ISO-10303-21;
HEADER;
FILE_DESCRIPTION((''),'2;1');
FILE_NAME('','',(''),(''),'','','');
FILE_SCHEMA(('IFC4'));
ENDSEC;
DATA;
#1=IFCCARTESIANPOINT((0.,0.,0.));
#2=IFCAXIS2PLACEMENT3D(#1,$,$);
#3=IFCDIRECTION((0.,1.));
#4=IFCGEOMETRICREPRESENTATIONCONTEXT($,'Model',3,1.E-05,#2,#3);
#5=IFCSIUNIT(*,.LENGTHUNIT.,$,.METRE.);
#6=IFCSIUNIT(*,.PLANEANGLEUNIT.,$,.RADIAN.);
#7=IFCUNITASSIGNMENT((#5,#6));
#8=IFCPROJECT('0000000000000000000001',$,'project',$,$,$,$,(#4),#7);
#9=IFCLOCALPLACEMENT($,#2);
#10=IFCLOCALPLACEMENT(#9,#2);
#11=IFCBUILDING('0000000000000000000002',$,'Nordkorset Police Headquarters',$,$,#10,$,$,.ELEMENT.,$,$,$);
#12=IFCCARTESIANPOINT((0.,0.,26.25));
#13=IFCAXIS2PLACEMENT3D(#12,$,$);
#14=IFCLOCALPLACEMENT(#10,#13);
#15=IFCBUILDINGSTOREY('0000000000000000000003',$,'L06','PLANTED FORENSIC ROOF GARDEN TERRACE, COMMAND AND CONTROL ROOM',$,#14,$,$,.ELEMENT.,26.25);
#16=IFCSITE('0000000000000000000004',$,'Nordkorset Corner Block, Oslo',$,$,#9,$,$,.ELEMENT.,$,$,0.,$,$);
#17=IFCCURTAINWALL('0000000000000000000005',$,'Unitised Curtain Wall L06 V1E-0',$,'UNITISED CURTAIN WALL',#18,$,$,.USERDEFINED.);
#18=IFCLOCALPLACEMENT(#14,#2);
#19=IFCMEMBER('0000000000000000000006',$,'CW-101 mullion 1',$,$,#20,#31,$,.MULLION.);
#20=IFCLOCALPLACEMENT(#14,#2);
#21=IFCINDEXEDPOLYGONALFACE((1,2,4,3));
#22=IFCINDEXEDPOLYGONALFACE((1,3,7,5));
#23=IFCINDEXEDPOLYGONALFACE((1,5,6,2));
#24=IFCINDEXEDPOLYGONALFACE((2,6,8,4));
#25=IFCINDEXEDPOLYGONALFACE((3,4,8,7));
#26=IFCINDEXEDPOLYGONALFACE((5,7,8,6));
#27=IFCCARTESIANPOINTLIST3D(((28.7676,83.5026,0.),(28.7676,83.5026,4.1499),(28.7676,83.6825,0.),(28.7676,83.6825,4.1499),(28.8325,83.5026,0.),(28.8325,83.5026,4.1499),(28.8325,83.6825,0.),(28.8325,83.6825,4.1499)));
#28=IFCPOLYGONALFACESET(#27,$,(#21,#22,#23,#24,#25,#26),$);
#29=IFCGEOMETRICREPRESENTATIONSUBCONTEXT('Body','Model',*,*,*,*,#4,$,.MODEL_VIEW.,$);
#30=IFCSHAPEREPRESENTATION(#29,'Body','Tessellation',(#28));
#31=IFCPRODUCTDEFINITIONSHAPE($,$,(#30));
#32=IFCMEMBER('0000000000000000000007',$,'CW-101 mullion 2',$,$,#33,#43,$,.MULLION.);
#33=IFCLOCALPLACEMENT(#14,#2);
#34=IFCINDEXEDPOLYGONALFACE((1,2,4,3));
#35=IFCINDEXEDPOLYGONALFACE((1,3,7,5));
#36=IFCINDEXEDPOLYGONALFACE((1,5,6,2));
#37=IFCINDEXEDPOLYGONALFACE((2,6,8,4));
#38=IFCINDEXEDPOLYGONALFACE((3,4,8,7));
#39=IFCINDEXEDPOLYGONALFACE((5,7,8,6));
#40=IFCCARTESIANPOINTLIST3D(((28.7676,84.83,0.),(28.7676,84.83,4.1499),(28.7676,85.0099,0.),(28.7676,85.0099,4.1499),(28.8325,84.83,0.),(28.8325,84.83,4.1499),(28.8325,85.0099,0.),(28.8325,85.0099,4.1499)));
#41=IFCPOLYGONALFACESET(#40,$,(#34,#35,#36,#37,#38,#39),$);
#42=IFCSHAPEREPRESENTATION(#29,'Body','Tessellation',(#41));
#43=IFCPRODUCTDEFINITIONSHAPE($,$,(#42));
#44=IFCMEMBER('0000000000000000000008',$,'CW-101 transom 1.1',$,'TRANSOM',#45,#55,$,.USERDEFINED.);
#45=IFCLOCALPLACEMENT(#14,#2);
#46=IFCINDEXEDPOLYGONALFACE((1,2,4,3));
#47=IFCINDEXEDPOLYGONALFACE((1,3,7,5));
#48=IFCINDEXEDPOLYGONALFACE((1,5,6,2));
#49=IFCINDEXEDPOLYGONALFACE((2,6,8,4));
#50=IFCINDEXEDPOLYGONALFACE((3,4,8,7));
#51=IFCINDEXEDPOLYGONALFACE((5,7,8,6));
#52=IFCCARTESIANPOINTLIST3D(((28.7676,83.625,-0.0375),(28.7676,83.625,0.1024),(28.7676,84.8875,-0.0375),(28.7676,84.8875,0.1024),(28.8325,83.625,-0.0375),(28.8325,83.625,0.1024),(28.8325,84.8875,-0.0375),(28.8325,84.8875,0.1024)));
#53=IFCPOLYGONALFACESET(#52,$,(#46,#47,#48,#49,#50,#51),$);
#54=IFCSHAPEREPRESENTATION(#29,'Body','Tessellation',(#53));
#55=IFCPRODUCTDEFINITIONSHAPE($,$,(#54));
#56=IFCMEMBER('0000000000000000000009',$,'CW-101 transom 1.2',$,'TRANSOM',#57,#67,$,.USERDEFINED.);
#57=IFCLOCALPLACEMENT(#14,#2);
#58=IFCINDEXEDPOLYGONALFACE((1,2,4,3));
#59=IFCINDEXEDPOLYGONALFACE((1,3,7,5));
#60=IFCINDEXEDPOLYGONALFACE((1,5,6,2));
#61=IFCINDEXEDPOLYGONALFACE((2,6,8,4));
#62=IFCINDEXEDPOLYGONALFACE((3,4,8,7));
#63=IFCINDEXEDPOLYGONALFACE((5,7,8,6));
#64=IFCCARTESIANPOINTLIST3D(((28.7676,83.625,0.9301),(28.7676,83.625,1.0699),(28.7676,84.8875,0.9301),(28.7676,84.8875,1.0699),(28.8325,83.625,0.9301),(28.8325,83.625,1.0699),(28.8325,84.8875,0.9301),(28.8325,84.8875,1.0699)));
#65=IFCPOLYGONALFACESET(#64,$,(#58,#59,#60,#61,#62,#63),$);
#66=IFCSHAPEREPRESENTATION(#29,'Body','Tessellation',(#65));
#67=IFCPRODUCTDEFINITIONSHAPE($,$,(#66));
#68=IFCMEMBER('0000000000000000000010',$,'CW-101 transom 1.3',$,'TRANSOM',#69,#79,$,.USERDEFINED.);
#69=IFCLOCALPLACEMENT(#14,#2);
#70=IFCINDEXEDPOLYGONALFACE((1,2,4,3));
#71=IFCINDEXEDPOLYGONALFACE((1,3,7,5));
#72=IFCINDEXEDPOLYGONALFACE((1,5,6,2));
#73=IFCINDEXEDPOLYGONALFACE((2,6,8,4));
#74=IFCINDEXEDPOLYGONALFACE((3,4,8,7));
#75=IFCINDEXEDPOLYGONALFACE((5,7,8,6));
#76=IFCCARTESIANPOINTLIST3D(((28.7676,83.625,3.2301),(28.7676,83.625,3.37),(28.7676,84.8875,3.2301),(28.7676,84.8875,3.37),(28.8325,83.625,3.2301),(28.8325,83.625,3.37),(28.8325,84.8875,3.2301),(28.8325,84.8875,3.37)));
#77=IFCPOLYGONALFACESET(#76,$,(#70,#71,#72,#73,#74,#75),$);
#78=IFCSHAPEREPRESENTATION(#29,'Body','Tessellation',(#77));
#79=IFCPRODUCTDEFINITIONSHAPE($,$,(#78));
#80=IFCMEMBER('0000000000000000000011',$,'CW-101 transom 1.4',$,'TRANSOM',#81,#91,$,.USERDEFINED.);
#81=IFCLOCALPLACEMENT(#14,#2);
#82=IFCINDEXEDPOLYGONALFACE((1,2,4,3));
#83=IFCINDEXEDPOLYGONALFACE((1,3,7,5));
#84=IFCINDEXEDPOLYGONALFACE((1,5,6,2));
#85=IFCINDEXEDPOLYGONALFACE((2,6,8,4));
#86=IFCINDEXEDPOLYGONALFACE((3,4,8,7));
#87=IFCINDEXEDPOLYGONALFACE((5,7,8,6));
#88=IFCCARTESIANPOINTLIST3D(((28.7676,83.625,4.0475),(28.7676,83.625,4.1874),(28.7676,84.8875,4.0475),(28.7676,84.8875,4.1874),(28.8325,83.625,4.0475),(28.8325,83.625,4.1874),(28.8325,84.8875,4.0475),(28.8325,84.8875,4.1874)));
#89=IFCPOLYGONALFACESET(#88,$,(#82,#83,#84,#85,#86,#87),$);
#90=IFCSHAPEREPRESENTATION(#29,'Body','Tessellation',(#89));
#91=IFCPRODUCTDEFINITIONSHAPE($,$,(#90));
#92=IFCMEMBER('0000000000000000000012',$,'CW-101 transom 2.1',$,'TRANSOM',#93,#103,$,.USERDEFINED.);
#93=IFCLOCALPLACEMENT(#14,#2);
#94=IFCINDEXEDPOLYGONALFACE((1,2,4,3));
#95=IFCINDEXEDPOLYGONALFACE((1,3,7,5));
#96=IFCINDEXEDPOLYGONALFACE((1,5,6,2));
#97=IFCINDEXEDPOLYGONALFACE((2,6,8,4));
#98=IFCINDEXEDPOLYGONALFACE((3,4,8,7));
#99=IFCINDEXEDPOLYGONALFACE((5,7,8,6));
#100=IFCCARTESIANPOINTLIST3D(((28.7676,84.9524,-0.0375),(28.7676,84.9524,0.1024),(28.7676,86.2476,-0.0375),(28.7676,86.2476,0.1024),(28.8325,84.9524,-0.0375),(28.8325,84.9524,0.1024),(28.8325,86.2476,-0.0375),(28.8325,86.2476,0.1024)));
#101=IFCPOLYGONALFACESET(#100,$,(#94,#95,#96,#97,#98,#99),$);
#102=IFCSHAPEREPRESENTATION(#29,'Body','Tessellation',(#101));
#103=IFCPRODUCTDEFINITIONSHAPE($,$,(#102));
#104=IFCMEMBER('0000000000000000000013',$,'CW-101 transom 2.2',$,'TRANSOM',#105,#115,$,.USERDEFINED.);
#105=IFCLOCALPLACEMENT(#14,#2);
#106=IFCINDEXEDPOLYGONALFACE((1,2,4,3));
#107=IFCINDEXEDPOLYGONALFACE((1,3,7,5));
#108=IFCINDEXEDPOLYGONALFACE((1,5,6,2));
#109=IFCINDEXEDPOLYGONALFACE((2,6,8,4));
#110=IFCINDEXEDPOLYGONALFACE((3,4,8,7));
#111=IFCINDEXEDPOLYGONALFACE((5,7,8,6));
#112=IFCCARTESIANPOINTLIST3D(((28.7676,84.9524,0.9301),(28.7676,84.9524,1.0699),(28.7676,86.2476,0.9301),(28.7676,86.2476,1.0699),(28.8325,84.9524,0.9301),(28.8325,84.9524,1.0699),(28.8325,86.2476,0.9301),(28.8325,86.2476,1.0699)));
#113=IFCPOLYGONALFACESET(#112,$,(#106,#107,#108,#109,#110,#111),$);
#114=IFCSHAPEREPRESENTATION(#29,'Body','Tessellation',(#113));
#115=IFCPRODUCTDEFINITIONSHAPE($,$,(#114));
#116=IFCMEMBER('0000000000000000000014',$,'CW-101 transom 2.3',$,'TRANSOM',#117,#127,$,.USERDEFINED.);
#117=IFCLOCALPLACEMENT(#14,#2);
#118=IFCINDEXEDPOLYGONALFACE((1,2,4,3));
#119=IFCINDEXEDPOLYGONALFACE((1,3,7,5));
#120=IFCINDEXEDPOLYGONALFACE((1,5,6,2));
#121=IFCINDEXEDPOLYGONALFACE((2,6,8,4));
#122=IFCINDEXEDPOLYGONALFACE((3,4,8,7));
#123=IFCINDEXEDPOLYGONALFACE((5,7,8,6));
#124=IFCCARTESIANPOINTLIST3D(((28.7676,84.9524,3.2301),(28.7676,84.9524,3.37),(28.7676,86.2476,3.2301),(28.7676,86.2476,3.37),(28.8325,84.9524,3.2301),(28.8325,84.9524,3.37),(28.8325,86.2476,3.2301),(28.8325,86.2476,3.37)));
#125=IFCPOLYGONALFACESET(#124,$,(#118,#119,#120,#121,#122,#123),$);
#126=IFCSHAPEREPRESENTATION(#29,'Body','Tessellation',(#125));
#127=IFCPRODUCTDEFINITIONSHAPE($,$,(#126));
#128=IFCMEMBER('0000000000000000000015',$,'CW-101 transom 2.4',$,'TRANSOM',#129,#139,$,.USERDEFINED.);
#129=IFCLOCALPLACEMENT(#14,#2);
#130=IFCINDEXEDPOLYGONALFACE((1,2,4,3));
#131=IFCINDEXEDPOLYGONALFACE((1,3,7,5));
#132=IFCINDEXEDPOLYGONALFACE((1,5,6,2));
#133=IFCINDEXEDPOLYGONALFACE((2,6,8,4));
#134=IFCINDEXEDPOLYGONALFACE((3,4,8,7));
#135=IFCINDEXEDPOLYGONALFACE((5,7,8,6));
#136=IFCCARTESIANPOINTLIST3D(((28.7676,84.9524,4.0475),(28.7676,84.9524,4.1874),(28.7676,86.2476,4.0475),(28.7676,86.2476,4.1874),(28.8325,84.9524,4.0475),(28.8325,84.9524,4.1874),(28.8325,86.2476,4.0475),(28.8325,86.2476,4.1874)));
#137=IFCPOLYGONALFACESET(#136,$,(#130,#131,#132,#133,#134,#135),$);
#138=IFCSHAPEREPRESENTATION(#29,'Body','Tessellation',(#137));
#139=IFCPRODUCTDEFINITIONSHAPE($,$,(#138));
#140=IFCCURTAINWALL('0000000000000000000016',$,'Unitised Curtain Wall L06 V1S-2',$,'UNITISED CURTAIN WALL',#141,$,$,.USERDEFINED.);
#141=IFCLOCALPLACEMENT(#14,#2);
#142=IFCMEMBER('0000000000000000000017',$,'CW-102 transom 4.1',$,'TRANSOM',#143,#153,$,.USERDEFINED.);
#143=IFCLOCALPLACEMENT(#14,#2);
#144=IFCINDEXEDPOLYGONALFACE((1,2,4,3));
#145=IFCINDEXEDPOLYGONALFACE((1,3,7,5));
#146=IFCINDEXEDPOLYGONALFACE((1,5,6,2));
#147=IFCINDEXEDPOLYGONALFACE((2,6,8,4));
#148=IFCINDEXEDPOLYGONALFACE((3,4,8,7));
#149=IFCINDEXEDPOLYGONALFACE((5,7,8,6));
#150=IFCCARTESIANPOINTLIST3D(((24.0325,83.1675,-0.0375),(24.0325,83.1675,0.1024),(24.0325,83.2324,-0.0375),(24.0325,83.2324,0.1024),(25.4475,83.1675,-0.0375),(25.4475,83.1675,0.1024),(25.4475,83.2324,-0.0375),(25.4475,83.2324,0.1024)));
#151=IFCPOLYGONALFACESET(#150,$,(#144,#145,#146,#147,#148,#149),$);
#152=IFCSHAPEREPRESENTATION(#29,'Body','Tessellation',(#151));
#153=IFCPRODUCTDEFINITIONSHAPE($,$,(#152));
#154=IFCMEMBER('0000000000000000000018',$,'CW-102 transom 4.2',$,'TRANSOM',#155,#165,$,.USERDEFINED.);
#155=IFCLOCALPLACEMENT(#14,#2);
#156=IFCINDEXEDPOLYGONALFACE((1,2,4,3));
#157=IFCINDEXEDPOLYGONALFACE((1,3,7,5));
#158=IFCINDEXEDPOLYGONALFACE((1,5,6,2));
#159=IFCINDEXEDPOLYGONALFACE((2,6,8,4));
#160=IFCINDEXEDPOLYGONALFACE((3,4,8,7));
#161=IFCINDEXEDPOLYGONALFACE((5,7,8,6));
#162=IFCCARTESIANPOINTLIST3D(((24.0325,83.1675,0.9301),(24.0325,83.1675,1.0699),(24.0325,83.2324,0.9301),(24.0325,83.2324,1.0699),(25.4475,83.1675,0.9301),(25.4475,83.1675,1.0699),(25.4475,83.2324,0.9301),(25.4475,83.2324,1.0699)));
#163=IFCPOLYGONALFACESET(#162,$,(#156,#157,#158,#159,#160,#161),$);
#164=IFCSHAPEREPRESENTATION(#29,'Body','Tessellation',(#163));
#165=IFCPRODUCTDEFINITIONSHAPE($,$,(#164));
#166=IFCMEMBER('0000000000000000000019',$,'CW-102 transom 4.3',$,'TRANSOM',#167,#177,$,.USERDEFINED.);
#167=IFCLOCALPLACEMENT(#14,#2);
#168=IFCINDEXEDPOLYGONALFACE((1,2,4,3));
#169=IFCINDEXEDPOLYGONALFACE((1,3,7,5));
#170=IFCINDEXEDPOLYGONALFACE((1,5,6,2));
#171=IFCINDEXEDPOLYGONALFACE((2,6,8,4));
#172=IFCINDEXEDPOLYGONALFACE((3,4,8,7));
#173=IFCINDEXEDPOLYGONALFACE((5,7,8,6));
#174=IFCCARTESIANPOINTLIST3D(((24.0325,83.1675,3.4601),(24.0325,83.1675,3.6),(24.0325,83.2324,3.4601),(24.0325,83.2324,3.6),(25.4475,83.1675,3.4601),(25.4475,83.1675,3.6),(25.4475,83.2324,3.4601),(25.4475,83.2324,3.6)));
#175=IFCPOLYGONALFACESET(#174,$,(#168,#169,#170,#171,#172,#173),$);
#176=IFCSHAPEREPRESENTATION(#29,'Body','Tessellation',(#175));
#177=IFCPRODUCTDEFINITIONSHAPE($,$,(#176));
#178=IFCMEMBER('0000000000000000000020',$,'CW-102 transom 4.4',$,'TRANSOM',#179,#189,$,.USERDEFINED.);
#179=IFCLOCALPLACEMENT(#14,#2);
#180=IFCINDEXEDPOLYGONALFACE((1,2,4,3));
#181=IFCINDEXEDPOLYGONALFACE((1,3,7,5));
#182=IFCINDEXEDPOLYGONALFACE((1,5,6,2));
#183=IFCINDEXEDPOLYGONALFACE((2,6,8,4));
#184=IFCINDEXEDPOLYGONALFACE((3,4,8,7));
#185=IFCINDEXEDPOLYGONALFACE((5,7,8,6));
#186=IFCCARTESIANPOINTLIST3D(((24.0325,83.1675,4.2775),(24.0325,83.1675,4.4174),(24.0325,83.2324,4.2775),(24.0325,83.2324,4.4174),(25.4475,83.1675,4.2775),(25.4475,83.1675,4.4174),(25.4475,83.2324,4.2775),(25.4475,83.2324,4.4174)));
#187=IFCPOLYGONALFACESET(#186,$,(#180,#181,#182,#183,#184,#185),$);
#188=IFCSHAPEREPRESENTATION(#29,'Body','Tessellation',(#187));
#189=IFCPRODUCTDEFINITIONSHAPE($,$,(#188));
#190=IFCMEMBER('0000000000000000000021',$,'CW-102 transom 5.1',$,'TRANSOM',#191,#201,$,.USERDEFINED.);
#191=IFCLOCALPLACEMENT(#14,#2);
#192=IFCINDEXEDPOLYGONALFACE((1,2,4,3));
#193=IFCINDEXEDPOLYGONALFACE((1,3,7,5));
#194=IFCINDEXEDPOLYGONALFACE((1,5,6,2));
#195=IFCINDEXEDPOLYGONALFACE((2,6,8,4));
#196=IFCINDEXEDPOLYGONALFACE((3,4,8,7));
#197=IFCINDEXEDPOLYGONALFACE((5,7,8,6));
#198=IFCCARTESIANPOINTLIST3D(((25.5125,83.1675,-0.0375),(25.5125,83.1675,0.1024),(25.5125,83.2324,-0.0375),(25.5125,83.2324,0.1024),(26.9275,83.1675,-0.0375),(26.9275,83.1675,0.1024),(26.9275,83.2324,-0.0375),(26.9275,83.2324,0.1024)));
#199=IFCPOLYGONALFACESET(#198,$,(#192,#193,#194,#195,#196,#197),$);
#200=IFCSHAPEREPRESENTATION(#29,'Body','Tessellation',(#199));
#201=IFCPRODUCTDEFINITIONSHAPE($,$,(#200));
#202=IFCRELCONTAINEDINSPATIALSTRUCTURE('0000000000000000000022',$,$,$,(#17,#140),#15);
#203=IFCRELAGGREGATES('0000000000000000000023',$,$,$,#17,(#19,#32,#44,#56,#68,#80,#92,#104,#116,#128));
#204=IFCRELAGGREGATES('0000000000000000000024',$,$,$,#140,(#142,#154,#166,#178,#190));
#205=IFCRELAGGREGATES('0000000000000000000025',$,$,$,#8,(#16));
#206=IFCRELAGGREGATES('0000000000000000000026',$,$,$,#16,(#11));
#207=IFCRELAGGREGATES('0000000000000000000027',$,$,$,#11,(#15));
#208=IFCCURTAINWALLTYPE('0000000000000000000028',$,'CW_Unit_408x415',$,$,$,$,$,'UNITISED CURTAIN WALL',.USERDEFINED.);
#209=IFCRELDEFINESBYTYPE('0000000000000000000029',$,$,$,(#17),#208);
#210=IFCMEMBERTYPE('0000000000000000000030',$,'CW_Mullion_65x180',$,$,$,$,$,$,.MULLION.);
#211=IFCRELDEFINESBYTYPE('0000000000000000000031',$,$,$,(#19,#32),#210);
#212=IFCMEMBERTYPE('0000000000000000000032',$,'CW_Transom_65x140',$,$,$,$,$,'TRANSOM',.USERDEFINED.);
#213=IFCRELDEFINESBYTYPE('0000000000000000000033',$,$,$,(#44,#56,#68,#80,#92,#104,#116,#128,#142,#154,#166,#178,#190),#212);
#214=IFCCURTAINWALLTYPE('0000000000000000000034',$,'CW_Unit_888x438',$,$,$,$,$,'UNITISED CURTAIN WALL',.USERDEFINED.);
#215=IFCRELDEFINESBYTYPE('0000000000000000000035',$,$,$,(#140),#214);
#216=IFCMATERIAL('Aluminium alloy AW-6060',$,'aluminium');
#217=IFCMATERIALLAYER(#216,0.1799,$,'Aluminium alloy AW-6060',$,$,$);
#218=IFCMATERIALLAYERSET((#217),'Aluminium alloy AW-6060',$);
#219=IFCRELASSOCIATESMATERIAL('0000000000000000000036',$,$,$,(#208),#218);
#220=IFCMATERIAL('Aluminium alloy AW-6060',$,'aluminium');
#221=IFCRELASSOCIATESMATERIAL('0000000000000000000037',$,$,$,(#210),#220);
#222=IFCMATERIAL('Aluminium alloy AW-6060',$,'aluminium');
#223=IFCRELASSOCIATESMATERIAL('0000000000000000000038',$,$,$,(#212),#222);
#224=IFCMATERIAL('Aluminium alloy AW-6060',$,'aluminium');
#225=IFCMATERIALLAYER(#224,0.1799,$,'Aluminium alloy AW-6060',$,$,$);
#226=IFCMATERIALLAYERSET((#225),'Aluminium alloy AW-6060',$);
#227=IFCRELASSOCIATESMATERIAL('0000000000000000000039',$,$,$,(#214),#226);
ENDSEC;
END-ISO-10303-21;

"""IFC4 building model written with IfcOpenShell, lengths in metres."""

from ifc_helpers import new_model, si_unit, direction, frame, origin, origin_2d, place, context, subcontext, project, spatial, rectangle, extrude, material, layer, layer_set, material_profile, profile_set, type_object, element, aggregate, save


model = new_model("IFC4")

# Units and contexts
model_context = context("Model", 3, precision=1e-05, world=origin(), true_north=direction((0.0, 1.0)))
body_context = subcontext(model_context, "Body", "Model", "MODEL_VIEW")
ifc_project = project(units=[si_unit("LENGTHUNIT", "METRE"), si_unit("PLANEANGLEUNIT", "RADIAN")], contexts=[model_context])

# Site, building, storey
site_placement = place(None, origin())
site = spatial("IfcSite", under=ifc_project, at=site_placement, Name="Nordkorset Corner Block, Oslo", CompositionType="ELEMENT", RefElevation=0.0)
building_placement = place(site_placement, origin())
building = spatial("IfcBuilding", under=site, at=building_placement, Name="Nordkorset Police Headquarters", CompositionType="ELEMENT")
storey_placement = place(building_placement, frame((0.0, 0.0, 26.25)))
storey = spatial("IfcBuildingStorey", under=building, at=storey_placement, Name="L06", Description="PLANTED FORENSIC ROOF GARDEN TERRACE, COMMAND AND CONTROL ROOM", CompositionType="ELEMENT", Elevation=26.25)

# Curtain walls, members
ifc_material_1 = material(Name="Aluminium alloy AW-6060", Category="aluminium")
ifc_layer_1 = layer(ifc_material_1, 0.1799, Name="Aluminium alloy AW-6060")
ifc_layer_set_1 = layer_set([ifc_layer_1], Name="Aluminium alloy AW-6060")
curtain_wall_type_1 = type_object("IfcCurtainWallType", Name="CW_Unit_408x415", ElementType="UNITISED CURTAIN WALL", PredefinedType="USERDEFINED", material=ifc_layer_set_1)
curtain_wall_1_placement = place(storey_placement, origin())
curtain_wall_1 = element("IfcCurtainWall", 1, at=curtain_wall_1_placement, inside=storey, type_object=curtain_wall_type_1, Name="Unitised Curtain Wall L06 V1E-0", ObjectType="UNITISED CURTAIN WALL", PredefinedType="USERDEFINED")
ifc_material_2 = material(Name="Aluminium alloy AW-6060", Category="aluminium")
ifc_material_profile_1 = material_profile(ifc_material_2, rectangle(XDim=0.0649, YDim=0.1799, at=origin_2d()), Name="ALU MULL 65x180")
ifc_profile_set_1 = profile_set([ifc_material_profile_1], Name="Aluminium alloy AW-6060")
member_type_1 = type_object("IfcMemberType", Name="CW_Mullion_65x180", PredefinedType="MULLION", material=ifc_profile_set_1)
member_1_placement = place(storey_placement, frame((28.8, 83.5925, 0.0), z_axis=(0.0, 0.0, 1.0), x_axis=(-1.0, 0.0, 0.0)))
member_1 = element("IfcMember", 2, at=member_1_placement, type_object=member_type_1, Name="CW-101 mullion 1", PredefinedType="MULLION", context=body_context, shape_type="SweptSolid", body=[
    extrude(rectangle(XDim=0.0649, YDim=0.1799, at=origin_2d()), origin(), (0.0, 0.0, 1.0), 4.1499),
])
member_2_placement = place(storey_placement, frame((28.8, 84.9199, 0.0), z_axis=(0.0, 0.0, 1.0), x_axis=(-1.0, 0.0, 0.0)))
member_2 = element("IfcMember", 3, at=member_2_placement, type_object=member_type_1, Name="CW-101 mullion 2", PredefinedType="MULLION", context=body_context, shape_type="SweptSolid", body=[
    extrude(rectangle(XDim=0.0649, YDim=0.1799, at=origin_2d()), origin(), (0.0, 0.0, 1.0), 4.1499),
])
ifc_material_3 = material(Name="Aluminium alloy AW-6060", Category="aluminium")
ifc_material_profile_2 = material_profile(ifc_material_3, rectangle(XDim=0.0649, YDim=0.1399, at=origin_2d()), Name="ALU TRAN 65x140")
ifc_profile_set_2 = profile_set([ifc_material_profile_2], Name="Aluminium alloy AW-6060")
member_type_2 = type_object("IfcMemberType", Name="CW_Transom_65x140", ElementType="TRANSOM", PredefinedType="USERDEFINED", material=ifc_profile_set_2)
member_3_placement = place(storey_placement, frame((28.8, 83.625, 0.0325), z_axis=(0.0, 1.0, 0.0), x_axis=(-1.0, 0.0, 0.0)))
member_3 = element("IfcMember", 4, at=member_3_placement, type_object=member_type_2, Name="CW-101 transom 1.1", ObjectType="TRANSOM", PredefinedType="USERDEFINED", context=body_context, shape_type="SweptSolid", body=[
    extrude(rectangle(XDim=0.0649, YDim=0.1399, at=origin_2d()), origin(), (0.0, 0.0, 1.0), 1.2625),
])
member_4_placement = place(storey_placement, frame((28.8, 83.625, 1.0), z_axis=(0.0, 1.0, 0.0), x_axis=(-1.0, 0.0, 0.0)))
member_4 = element("IfcMember", 5, at=member_4_placement, type_object=member_type_2, Name="CW-101 transom 1.2", ObjectType="TRANSOM", PredefinedType="USERDEFINED", context=body_context, shape_type="SweptSolid", body=[
    extrude(rectangle(XDim=0.0649, YDim=0.1399, at=origin_2d()), origin(), (0.0, 0.0, 1.0), 1.2625),
])
member_5_placement = place(storey_placement, frame((28.8, 83.625, 3.3), z_axis=(0.0, 1.0, 0.0), x_axis=(-1.0, 0.0, 0.0)))
member_5 = element("IfcMember", 6, at=member_5_placement, type_object=member_type_2, Name="CW-101 transom 1.3", ObjectType="TRANSOM", PredefinedType="USERDEFINED", context=body_context, shape_type="SweptSolid", body=[
    extrude(rectangle(XDim=0.0649, YDim=0.1399, at=origin_2d()), origin(), (0.0, 0.0, 1.0), 1.2625),
])
member_6_placement = place(storey_placement, frame((28.8, 83.625, 4.1174), z_axis=(0.0, 1.0, 0.0), x_axis=(-1.0, 0.0, 0.0)))
member_6 = element("IfcMember", 7, at=member_6_placement, type_object=member_type_2, Name="CW-101 transom 1.4", ObjectType="TRANSOM", PredefinedType="USERDEFINED", context=body_context, shape_type="SweptSolid", body=[
    extrude(rectangle(XDim=0.0649, YDim=0.1399, at=origin_2d()), origin(), (0.0, 0.0, 1.0), 1.2625),
])
member_7_placement = place(storey_placement, frame((28.8, 84.9524, 0.0325), z_axis=(0.0, 1.0, 0.0), x_axis=(-1.0, 0.0, 0.0)))
member_7 = element("IfcMember", 8, at=member_7_placement, type_object=member_type_2, Name="CW-101 transom 2.1", ObjectType="TRANSOM", PredefinedType="USERDEFINED", context=body_context, shape_type="SweptSolid", body=[
    extrude(rectangle(XDim=0.0649, YDim=0.1399, at=origin_2d()), origin(), (0.0, 0.0, 1.0), 1.2952),
])
member_8_placement = place(storey_placement, frame((28.8, 84.9524, 1.0), z_axis=(0.0, 1.0, 0.0), x_axis=(-1.0, 0.0, 0.0)))
member_8 = element("IfcMember", 9, at=member_8_placement, type_object=member_type_2, Name="CW-101 transom 2.2", ObjectType="TRANSOM", PredefinedType="USERDEFINED", context=body_context, shape_type="SweptSolid", body=[
    extrude(rectangle(XDim=0.0649, YDim=0.1399, at=origin_2d()), origin(), (0.0, 0.0, 1.0), 1.2952),
])
member_9_placement = place(storey_placement, frame((28.8, 84.9524, 3.3), z_axis=(0.0, 1.0, 0.0), x_axis=(-1.0, 0.0, 0.0)))
member_9 = element("IfcMember", 10, at=member_9_placement, type_object=member_type_2, Name="CW-101 transom 2.3", ObjectType="TRANSOM", PredefinedType="USERDEFINED", context=body_context, shape_type="SweptSolid", body=[
    extrude(rectangle(XDim=0.0649, YDim=0.1399, at=origin_2d()), origin(), (0.0, 0.0, 1.0), 1.2952),
])
member_10_placement = place(storey_placement, frame((28.8, 84.9524, 4.1174), z_axis=(0.0, 1.0, 0.0), x_axis=(-1.0, 0.0, 0.0)))
member_10 = element("IfcMember", 11, at=member_10_placement, type_object=member_type_2, Name="CW-101 transom 2.4", ObjectType="TRANSOM", PredefinedType="USERDEFINED", context=body_context, shape_type="SweptSolid", body=[
    extrude(rectangle(XDim=0.0649, YDim=0.1399, at=origin_2d()), origin(), (0.0, 0.0, 1.0), 1.2952),
])
ifc_material_4 = material(Name="Aluminium alloy AW-6060", Category="aluminium")
ifc_layer_2 = layer(ifc_material_4, 0.1799, Name="Aluminium alloy AW-6060")
ifc_layer_set_2 = layer_set([ifc_layer_2], Name="Aluminium alloy AW-6060")
curtain_wall_type_2 = type_object("IfcCurtainWallType", Name="CW_Unit_888x438", ElementType="UNITISED CURTAIN WALL", PredefinedType="USERDEFINED", material=ifc_layer_set_2)
curtain_wall_2_placement = place(storey_placement, origin())
curtain_wall_2 = element("IfcCurtainWall", 12, at=curtain_wall_2_placement, inside=storey, type_object=curtain_wall_type_2, Name="Unitised Curtain Wall L06 V1S-2", ObjectType="UNITISED CURTAIN WALL", PredefinedType="USERDEFINED")
member_11_placement = place(storey_placement, frame((24.0325, 83.2, 0.0325), z_axis=(1.0, 0.0, 0.0), x_axis=(0.0, 1.0, 0.0)))
member_11 = element("IfcMember", 13, at=member_11_placement, type_object=member_type_2, Name="CW-102 transom 4.1", ObjectType="TRANSOM", PredefinedType="USERDEFINED", context=body_context, shape_type="SweptSolid", body=[
    extrude(rectangle(XDim=0.0649, YDim=0.1399, at=origin_2d()), origin(), (0.0, 0.0, 1.0), 1.415),
])
member_12_placement = place(storey_placement, frame((24.0325, 83.2, 1.0), z_axis=(1.0, 0.0, 0.0), x_axis=(0.0, 1.0, 0.0)))
member_12 = element("IfcMember", 14, at=member_12_placement, type_object=member_type_2, Name="CW-102 transom 4.2", ObjectType="TRANSOM", PredefinedType="USERDEFINED", context=body_context, shape_type="SweptSolid", body=[
    extrude(rectangle(XDim=0.0649, YDim=0.1399, at=origin_2d()), origin(), (0.0, 0.0, 1.0), 1.415),
])
member_13_placement = place(storey_placement, frame((24.0325, 83.2, 3.53), z_axis=(1.0, 0.0, 0.0), x_axis=(0.0, 1.0, 0.0)))
member_13 = element("IfcMember", 15, at=member_13_placement, type_object=member_type_2, Name="CW-102 transom 4.3", ObjectType="TRANSOM", PredefinedType="USERDEFINED", context=body_context, shape_type="SweptSolid", body=[
    extrude(rectangle(XDim=0.0649, YDim=0.1399, at=origin_2d()), origin(), (0.0, 0.0, 1.0), 1.415),
])
member_14_placement = place(storey_placement, frame((24.0325, 83.2, 4.3474), z_axis=(1.0, 0.0, 0.0), x_axis=(0.0, 1.0, 0.0)))
member_14 = element("IfcMember", 16, at=member_14_placement, type_object=member_type_2, Name="CW-102 transom 4.4", ObjectType="TRANSOM", PredefinedType="USERDEFINED", context=body_context, shape_type="SweptSolid", body=[
    extrude(rectangle(XDim=0.0649, YDim=0.1399, at=origin_2d()), origin(), (0.0, 0.0, 1.0), 1.415),
])
member_15_placement = place(storey_placement, frame((25.5125, 83.2, 0.0325), z_axis=(1.0, 0.0, 0.0), x_axis=(0.0, 1.0, 0.0)))
member_15 = element("IfcMember", 17, at=member_15_placement, type_object=member_type_2, Name="CW-102 transom 5.1", ObjectType="TRANSOM", PredefinedType="USERDEFINED", context=body_context, shape_type="SweptSolid", body=[
    extrude(rectangle(XDim=0.0649, YDim=0.1399, at=origin_2d()), origin(), (0.0, 0.0, 1.0), 1.415),
])

aggregate(curtain_wall_1, [member_1, member_2, member_3, member_4, member_5, member_6, member_7, member_8, member_9, member_10])
aggregate(curtain_wall_2, [member_11, member_12, member_13, member_14, member_15])

save(model, "model.ifc")
